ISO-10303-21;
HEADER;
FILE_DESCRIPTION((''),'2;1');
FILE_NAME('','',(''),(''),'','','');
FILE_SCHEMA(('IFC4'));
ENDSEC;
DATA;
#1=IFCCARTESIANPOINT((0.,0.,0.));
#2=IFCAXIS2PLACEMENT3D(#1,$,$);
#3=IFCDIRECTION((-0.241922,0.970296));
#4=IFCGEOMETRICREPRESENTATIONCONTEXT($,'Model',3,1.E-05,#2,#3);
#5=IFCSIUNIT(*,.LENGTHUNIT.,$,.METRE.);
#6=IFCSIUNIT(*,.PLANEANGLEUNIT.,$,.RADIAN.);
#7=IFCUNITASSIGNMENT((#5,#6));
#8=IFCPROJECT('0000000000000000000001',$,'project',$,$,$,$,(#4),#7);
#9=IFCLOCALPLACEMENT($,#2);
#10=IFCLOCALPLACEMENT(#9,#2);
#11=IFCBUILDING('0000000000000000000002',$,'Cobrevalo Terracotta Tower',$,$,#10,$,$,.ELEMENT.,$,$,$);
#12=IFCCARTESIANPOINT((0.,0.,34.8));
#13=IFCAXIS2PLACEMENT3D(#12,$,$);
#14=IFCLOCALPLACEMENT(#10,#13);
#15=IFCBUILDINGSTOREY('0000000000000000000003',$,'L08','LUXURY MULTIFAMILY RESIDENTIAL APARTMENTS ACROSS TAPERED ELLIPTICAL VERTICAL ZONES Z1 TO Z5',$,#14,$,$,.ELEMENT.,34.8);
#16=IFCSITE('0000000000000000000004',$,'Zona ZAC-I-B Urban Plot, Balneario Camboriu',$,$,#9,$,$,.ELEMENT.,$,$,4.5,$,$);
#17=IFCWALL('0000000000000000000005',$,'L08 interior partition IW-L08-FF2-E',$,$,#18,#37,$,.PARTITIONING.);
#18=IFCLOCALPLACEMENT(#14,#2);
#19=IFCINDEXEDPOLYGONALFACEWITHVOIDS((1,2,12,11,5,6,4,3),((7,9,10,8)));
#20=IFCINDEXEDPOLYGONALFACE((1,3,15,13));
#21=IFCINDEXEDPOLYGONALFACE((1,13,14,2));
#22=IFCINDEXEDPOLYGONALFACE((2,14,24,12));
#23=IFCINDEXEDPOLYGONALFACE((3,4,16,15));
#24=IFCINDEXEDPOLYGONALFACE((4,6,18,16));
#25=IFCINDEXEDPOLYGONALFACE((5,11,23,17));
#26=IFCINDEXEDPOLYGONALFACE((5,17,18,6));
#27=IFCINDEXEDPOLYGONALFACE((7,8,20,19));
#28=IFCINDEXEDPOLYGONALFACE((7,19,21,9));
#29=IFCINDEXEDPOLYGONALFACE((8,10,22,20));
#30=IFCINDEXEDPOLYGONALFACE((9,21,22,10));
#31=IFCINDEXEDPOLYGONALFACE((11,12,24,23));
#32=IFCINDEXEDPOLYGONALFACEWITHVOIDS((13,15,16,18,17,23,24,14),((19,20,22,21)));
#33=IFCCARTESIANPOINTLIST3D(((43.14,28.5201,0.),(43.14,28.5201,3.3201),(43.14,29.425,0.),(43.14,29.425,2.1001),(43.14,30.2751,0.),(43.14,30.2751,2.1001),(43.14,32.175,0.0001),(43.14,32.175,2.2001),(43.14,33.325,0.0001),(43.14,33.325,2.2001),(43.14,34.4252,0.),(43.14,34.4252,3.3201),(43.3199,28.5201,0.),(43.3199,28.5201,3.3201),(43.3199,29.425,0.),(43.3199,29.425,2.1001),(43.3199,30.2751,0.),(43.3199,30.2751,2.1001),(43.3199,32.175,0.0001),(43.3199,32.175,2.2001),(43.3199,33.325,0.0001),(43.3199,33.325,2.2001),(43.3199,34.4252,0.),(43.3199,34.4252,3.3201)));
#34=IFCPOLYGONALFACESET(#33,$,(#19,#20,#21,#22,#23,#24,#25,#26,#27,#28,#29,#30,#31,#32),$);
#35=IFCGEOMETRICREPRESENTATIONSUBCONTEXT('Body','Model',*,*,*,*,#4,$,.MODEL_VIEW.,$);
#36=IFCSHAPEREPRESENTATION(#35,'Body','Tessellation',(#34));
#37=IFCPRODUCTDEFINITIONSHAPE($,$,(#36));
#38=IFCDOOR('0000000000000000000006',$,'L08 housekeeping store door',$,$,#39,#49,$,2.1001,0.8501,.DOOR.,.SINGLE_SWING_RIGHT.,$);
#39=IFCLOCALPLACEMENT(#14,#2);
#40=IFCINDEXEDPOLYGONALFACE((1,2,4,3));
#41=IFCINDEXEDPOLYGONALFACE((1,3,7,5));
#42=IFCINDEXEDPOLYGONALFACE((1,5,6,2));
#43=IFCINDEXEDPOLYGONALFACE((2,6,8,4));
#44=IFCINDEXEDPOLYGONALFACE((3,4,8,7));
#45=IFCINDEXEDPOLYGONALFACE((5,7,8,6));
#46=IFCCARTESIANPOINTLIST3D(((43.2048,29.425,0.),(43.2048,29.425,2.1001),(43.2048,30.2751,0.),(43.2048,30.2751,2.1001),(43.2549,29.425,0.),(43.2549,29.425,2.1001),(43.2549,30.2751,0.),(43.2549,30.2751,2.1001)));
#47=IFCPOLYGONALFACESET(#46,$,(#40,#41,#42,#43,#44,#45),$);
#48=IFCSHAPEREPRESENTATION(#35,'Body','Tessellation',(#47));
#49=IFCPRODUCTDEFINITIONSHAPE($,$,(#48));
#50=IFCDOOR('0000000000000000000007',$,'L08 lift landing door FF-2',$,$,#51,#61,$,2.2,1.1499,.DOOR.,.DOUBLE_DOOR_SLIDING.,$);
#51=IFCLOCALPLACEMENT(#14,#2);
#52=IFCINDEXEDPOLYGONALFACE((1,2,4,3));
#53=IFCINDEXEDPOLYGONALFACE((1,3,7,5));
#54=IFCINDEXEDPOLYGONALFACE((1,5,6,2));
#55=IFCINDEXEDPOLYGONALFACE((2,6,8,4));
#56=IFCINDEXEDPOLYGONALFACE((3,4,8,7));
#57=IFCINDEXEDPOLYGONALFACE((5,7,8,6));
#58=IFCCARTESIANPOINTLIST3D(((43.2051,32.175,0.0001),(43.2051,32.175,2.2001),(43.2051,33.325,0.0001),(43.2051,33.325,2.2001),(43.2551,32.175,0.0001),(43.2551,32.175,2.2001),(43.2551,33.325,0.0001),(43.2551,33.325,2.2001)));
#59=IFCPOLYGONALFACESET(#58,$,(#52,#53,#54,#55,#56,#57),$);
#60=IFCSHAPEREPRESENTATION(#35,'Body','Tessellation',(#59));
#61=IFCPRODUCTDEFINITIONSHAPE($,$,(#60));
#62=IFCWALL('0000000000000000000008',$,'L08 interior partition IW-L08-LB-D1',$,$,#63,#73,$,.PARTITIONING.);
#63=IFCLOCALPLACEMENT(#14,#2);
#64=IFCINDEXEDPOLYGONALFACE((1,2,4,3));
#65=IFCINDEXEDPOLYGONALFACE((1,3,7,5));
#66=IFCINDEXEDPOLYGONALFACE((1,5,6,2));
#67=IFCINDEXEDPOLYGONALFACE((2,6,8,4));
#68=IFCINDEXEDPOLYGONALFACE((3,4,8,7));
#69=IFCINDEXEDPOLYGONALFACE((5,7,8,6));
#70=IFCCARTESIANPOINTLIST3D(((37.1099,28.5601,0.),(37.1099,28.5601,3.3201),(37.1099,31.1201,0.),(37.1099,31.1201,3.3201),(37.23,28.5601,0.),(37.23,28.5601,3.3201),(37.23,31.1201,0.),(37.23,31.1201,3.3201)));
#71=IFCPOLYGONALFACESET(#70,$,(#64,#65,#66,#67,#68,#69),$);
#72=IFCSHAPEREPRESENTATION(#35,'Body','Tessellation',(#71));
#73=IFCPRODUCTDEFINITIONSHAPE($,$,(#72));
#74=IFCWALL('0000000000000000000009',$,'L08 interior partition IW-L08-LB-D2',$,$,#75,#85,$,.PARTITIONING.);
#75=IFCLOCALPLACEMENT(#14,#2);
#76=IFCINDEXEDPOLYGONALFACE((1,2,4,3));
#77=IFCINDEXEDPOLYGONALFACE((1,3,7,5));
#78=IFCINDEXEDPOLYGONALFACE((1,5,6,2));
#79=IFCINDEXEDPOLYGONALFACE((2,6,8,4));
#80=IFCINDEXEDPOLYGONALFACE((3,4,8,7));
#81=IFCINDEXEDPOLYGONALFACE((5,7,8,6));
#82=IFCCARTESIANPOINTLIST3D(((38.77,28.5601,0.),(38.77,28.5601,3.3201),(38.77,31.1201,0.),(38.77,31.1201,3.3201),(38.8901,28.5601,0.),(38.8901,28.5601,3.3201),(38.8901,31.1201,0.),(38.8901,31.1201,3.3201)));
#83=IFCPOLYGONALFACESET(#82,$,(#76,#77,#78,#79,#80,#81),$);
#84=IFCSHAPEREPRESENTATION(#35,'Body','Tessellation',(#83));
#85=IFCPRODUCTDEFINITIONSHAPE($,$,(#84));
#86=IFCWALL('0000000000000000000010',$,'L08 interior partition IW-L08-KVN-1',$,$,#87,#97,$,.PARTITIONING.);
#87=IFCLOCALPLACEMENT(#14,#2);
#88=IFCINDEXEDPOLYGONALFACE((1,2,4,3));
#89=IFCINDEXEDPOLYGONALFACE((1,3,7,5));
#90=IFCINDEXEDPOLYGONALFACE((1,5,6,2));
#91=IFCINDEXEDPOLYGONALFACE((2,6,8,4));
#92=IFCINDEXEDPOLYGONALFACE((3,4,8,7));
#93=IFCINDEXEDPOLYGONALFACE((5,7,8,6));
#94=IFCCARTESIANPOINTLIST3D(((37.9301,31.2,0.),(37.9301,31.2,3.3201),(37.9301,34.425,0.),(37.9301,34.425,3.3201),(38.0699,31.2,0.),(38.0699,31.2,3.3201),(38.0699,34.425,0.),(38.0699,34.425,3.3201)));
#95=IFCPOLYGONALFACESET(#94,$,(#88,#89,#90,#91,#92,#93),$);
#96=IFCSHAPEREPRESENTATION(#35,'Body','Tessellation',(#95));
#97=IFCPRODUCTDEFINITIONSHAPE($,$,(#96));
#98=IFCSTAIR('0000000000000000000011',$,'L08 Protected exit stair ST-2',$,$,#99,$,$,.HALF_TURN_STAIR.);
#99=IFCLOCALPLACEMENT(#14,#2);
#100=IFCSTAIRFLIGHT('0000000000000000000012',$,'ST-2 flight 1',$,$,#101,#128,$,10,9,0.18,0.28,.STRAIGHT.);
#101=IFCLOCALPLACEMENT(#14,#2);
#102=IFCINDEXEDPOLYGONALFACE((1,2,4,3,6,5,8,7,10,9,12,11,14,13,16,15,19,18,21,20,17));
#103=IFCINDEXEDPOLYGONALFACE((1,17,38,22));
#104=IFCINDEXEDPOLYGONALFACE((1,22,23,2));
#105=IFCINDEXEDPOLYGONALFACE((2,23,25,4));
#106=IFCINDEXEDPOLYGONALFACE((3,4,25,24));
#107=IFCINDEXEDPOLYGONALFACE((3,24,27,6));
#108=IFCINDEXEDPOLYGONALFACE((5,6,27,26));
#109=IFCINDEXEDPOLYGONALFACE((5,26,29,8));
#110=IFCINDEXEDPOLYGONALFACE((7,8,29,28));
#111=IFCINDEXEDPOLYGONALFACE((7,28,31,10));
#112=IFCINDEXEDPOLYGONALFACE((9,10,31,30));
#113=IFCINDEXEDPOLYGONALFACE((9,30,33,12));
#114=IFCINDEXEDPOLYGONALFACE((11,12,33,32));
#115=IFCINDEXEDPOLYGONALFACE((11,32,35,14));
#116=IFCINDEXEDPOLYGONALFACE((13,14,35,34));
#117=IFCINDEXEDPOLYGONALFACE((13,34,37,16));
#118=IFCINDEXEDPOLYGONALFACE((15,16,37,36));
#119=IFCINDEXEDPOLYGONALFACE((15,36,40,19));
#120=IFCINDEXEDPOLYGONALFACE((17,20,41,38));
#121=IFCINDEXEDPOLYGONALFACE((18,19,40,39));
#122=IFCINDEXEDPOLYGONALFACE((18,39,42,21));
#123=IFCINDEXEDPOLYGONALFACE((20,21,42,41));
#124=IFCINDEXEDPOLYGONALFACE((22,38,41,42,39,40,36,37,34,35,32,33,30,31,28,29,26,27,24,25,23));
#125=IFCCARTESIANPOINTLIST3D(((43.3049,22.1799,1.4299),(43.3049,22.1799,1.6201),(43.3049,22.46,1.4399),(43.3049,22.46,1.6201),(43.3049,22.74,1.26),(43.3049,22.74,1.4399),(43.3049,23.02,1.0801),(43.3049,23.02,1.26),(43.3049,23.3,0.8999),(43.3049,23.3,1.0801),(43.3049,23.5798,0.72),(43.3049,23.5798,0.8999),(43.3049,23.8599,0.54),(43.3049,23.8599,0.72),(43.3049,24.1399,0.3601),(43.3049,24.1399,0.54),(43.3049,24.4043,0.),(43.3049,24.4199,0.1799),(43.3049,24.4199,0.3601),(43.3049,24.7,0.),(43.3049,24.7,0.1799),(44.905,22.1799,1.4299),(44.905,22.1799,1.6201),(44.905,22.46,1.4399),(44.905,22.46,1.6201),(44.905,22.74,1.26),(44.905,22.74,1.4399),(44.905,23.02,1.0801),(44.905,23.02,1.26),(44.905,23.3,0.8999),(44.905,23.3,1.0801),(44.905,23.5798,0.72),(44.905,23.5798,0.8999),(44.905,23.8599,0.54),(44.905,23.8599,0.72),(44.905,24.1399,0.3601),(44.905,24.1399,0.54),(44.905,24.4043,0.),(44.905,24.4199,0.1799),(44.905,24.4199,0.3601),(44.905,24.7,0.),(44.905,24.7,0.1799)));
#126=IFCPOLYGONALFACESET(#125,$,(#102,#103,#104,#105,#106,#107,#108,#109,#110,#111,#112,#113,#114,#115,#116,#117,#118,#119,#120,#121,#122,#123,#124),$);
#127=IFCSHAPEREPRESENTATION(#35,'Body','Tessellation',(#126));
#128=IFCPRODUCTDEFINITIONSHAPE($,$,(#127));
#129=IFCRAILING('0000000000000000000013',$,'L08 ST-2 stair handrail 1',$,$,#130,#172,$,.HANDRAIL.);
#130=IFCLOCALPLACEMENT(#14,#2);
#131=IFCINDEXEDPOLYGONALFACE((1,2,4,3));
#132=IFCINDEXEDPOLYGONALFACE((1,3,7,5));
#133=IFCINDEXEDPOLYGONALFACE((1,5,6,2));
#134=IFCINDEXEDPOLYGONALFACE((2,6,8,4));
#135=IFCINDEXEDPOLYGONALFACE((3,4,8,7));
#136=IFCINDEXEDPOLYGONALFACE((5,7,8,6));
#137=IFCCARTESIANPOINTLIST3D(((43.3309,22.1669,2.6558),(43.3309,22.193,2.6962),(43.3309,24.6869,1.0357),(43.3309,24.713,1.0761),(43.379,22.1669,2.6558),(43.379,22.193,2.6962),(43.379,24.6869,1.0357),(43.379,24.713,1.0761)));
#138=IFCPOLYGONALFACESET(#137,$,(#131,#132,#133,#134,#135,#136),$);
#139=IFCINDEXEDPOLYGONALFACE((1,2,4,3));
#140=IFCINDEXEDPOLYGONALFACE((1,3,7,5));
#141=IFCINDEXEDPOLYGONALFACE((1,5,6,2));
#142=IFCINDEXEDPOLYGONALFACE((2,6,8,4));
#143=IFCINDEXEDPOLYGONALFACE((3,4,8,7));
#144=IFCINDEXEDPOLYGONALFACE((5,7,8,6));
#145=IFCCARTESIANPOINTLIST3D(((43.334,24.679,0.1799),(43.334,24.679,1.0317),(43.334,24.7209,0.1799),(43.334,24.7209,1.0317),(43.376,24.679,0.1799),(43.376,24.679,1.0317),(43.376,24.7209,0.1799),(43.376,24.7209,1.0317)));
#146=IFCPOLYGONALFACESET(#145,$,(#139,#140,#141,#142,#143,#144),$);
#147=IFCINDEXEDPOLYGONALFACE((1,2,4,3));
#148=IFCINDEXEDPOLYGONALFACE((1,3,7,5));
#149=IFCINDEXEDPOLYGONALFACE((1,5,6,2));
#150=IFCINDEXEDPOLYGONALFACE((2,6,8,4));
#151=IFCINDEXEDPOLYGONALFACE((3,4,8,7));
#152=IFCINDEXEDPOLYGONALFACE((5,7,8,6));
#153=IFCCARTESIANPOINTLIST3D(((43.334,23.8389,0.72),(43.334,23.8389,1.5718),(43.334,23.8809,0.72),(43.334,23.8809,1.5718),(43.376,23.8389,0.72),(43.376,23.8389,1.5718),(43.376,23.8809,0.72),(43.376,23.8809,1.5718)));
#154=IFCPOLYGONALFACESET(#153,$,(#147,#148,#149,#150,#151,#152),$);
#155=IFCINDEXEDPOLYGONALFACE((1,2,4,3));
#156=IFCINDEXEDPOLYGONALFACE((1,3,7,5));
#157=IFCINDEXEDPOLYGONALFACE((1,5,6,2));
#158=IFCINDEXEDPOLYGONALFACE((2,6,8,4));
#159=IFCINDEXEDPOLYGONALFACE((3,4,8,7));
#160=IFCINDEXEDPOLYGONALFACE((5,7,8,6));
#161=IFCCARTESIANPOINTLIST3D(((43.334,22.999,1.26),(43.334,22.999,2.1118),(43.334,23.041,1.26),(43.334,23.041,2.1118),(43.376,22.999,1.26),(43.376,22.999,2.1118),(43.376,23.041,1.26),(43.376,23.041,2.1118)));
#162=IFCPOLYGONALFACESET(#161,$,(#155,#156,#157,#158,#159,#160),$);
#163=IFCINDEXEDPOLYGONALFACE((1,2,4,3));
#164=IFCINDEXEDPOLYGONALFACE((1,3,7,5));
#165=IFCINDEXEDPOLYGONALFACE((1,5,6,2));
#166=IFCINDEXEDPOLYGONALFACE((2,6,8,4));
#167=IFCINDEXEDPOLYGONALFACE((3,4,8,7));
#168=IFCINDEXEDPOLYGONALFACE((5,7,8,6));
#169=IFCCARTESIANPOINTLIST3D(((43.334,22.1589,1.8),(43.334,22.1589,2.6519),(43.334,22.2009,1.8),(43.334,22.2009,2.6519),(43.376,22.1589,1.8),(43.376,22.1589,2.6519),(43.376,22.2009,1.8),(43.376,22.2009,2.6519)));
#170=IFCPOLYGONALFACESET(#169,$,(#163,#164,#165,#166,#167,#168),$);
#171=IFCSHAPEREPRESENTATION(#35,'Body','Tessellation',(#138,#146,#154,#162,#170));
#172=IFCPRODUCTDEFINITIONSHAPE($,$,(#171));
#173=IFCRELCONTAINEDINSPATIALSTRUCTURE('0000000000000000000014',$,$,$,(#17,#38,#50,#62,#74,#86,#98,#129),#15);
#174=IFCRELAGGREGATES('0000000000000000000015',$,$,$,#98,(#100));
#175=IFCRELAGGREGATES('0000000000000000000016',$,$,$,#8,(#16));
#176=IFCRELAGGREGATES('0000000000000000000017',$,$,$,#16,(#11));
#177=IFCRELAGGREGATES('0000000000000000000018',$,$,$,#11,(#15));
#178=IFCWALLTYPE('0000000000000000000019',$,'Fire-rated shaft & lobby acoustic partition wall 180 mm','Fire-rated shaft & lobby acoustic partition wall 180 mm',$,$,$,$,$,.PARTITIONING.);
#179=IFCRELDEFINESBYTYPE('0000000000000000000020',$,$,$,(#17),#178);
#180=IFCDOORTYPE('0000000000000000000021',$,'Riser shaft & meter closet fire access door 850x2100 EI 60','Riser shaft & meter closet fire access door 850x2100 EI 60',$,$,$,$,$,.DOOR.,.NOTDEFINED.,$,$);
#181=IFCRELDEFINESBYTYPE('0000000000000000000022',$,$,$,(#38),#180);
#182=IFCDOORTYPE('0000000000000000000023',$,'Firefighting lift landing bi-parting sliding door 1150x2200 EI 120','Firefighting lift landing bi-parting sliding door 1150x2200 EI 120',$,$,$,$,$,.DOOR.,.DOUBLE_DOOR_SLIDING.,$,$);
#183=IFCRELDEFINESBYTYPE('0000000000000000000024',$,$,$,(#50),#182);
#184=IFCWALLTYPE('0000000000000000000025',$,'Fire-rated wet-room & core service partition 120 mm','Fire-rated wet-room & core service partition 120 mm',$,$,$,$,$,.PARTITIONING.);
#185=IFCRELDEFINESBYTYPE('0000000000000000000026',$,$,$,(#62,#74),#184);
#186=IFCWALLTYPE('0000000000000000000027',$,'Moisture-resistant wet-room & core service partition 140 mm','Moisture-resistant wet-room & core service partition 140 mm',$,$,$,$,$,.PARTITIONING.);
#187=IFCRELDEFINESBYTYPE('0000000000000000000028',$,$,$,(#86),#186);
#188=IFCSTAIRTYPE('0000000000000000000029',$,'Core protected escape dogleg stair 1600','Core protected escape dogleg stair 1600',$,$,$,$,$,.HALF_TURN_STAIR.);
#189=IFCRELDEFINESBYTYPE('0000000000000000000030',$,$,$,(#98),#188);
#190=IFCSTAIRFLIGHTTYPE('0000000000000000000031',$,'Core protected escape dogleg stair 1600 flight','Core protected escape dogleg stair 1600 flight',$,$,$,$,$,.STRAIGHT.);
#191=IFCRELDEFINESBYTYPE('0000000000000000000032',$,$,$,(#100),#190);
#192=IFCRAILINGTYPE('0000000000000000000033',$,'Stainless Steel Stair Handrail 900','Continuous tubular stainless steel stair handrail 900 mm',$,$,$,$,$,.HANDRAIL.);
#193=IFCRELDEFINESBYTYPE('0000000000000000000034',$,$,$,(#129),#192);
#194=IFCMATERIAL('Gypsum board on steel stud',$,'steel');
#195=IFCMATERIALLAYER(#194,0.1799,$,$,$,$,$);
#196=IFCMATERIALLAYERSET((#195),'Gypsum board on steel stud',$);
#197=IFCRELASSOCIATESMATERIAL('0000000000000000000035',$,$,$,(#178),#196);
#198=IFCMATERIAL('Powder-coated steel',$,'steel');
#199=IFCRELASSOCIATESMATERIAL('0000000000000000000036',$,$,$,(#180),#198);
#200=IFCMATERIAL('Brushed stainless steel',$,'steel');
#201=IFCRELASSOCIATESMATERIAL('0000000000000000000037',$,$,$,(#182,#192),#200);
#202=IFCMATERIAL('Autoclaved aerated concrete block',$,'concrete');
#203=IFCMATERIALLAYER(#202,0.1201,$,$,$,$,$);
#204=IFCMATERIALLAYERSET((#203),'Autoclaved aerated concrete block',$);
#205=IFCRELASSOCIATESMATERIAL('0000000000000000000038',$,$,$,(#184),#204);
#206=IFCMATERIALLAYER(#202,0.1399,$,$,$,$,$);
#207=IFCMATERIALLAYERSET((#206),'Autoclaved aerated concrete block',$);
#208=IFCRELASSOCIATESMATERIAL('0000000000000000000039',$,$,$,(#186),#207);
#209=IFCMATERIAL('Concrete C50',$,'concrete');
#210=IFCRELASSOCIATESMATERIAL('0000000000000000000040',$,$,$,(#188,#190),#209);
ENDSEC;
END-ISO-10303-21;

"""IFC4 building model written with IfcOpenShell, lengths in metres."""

from ifc_helpers import new_model, si_unit, direction, frame, frame_2d, origin, origin_2d, place, context, subcontext, project, spatial, polyline, rectangle, outline, extrude, source, transform, mapped, material, layer, layer_set, type_object, element, fill, aggregate, save


model = new_model("IFC4")

# Units and contexts
model_context = context("Model", 3, precision=1e-05, world=origin(), true_north=direction((-0.241922, 0.970296)))
body_context = subcontext(model_context, "Body", "Model", "MODEL_VIEW")
ifc_project = project(units=[si_unit("LENGTHUNIT", "METRE"), si_unit("PLANEANGLEUNIT", "RADIAN")], contexts=[model_context])

# Site, building, storey
site_placement = place(None, origin())
site = spatial("IfcSite", under=ifc_project, at=site_placement, Name="Zona ZAC-I-B Urban Plot, Balneario Camboriu", CompositionType="ELEMENT", RefElevation=4.5)
building_placement = place(site_placement, origin())
building = spatial("IfcBuilding", under=site, at=building_placement, Name="Cobrevalo Terracotta Tower", CompositionType="ELEMENT")
storey_placement = place(building_placement, frame((0.0, 0.0, 34.8)))
storey = spatial("IfcBuildingStorey", under=building, at=storey_placement, Name="L08", Description="LUXURY MULTIFAMILY RESIDENTIAL APARTMENTS ACROSS TAPERED ELLIPTICAL VERTICAL ZONES Z1 TO Z5", CompositionType="ELEMENT", Elevation=34.8)

# Shared definitions
ifc_material_1 = material(Name="Gypsum board on steel stud", Category="steel")

# Shared definitions
ifc_material_2 = material(Name="Brushed stainless steel", Category="steel")

# Shared definitions
ifc_layer_1 = layer(ifc_material_1, 0.1799)
ifc_layer_set_1 = layer_set([ifc_layer_1], Name="Gypsum board on steel stud")
wall_type_1 = type_object("IfcWallType", Name="Fire-rated shaft & lobby acoustic partition wall 180 mm", Description="Fire-rated shaft & lobby acoustic partition wall 180 mm", PredefinedType="PARTITIONING", material=ifc_layer_set_1)
ifc_material_3 = material(Name="Powder-coated steel", Category="steel")
door_type_1 = type_object("IfcDoorType", Name="Riser shaft & meter closet fire access door 850x2100 EI 60", Description="Riser shaft & meter closet fire access door 850x2100 EI 60", OperationType="NOTDEFINED", PredefinedType="DOOR", material=ifc_material_3)
shared_shape_1 = source(origin(), body_context, "Body", "SweptSolid", [
    extrude(rectangle(XDim=0.8501, YDim=2.1001, at=frame_2d((0.425, 1.05))), frame((0.0, 0.0249, 0.0), z_axis=(0.0, -1.0, 0.0), x_axis=(1.0, 0.0, 0.0)), (0.0, 0.0, 1.0), 0.05),
])

# Wall, openings, doors
wall_1_placement = place(storey_placement, frame((43.23, 28.52, 0.0), z_axis=(0.0, 0.0, 1.0), x_axis=(0.0, 1.0, 0.0)))
wall_1 = element("IfcWall", 1, at=wall_1_placement, inside=storey, type_object=wall_type_1, Name="L08 interior partition IW-L08-FF2-E", PredefinedType="PARTITIONING", context=body_context, shape_type="SweptSolid", body=[
    extrude(rectangle(XDim=5.905, YDim=0.1799, at=frame_2d((2.9526, 0.0))), origin(), (0.0, 0.0, 1.0), 3.3201),
])
opening_1_placement = place(wall_1_placement, frame((0.905, 0.0, 0.0)))
opening_1 = element("IfcOpeningElement", 2, at=opening_1_placement, cuts=wall_1, PredefinedType="OPENING", context=body_context, shape_type="SweptSolid", body=[
    extrude(rectangle(XDim=0.8501, YDim=2.1001, at=frame_2d((0.425, 1.05))), frame((0.0, 0.1001, 0.0), z_axis=(0.0, -1.0, 0.0), x_axis=(1.0, 0.0, 0.0)), (0.0, 0.0, 1.0), 0.2),
])
opening_2_placement = place(wall_1_placement, frame((3.655, 0.0, 0.0)))
opening_2 = element("IfcOpeningElement", 3, at=opening_2_placement, cuts=wall_1, PredefinedType="OPENING", context=body_context, shape_type="SweptSolid", body=[
    extrude(rectangle(XDim=1.1499, YDim=2.2, at=frame_2d((0.575, 1.1001))), frame((0.0, 0.1001, 0.0), z_axis=(0.0, -1.0, 0.0), x_axis=(1.0, 0.0, 0.0)), (0.0, 0.0, 1.0), 0.2),
])
door_1_placement = place(opening_1_placement, frame((0.8501, 0.0, 0.0), z_axis=(0.0, 0.0, 1.0), x_axis=(-1.0, 0.0, 0.0)))
door_1 = element("IfcDoor", 4, at=door_1_placement, inside=storey, type_object=door_type_1, Name="L08 housekeeping store door", OperationType="SINGLE_SWING_RIGHT", OverallHeight=2.1001, OverallWidth=0.8501, PredefinedType="DOOR", context=body_context, shape_type="MappedRepresentation", body=[
    mapped(shared_shape_1, transform((0.0, 0.0, 0.0), scale=1.0)),
])
fill(opening_1, door_1)
door_type_2 = type_object("IfcDoorType", Name="Firefighting lift landing bi-parting sliding door 1150x2200 EI 120", Description="Firefighting lift landing bi-parting sliding door 1150x2200 EI 120", OperationType="DOUBLE_DOOR_SLIDING", PredefinedType="DOOR", material=ifc_material_2)
shared_shape_2 = source(origin(), body_context, "Body", "SweptSolid", [
    extrude(rectangle(XDim=1.1499, YDim=2.2, at=frame_2d((0.575, 1.1001))), frame((0.0, 0.0249, 0.0), z_axis=(0.0, -1.0, 0.0), x_axis=(1.0, 0.0, 0.0)), (0.0, 0.0, 1.0), 0.05),
])
door_2_placement = place(opening_2_placement, origin())
door_2 = element("IfcDoor", 5, at=door_2_placement, inside=storey, type_object=door_type_2, Name="L08 lift landing door FF-2", OperationType="DOUBLE_DOOR_SLIDING", OverallHeight=2.2, OverallWidth=1.1499, PredefinedType="DOOR", context=body_context, shape_type="MappedRepresentation", body=[
    mapped(shared_shape_2, transform((0.0, 0.0, 0.0), scale=1.0)),
])
fill(opening_2, door_2)

# Walls
ifc_material_4 = material(Name="Autoclaved aerated concrete block", Category="concrete")
ifc_layer_2 = layer(ifc_material_4, 0.1201)
ifc_layer_set_2 = layer_set([ifc_layer_2], Name="Autoclaved aerated concrete block")
wall_type_2 = type_object("IfcWallType", Name="Fire-rated wet-room & core service partition 120 mm", Description="Fire-rated wet-room & core service partition 120 mm", PredefinedType="PARTITIONING", material=ifc_layer_set_2)
for number, where, z_axis, x_axis, name in (
    (6, (37.1699, 28.5601, 0.0), (0.0, 0.0, 1.0), (0.0, 1.0, 0.0), "L08 interior partition IW-L08-LB-D1"),
    (7, (38.8301, 28.5601, 0.0), (0.0, 0.0, 1.0), (0.0, 1.0, 0.0), "L08 interior partition IW-L08-LB-D2"),
):
    element("IfcWall", number, at=place(storey_placement, frame(where, z_axis=z_axis, x_axis=x_axis)), inside=storey, type_object=wall_type_2, Name=name, PredefinedType="PARTITIONING", context=body_context, shape_type="SweptSolid", body=[
        extrude(rectangle(XDim=2.5601, YDim=0.1201, at=frame_2d((1.28, 0.0))), origin(), (0.0, 0.0, 1.0), 3.3201),
    ])
ifc_layer_3 = layer(ifc_material_4, 0.1399)
ifc_layer_set_3 = layer_set([ifc_layer_3], Name="Autoclaved aerated concrete block")
wall_type_3 = type_object("IfcWallType", Name="Moisture-resistant wet-room & core service partition 140 mm", Description="Moisture-resistant wet-room & core service partition 140 mm", PredefinedType="PARTITIONING", material=ifc_layer_set_3)
wall_2_placement = place(storey_placement, frame((38.0, 31.2, 0.0), z_axis=(0.0, 0.0, 1.0), x_axis=(0.0, 1.0, 0.0)))
element("IfcWall", 8, at=wall_2_placement, inside=storey, type_object=wall_type_3, Name="L08 interior partition IW-L08-KVN-1", PredefinedType="PARTITIONING", context=body_context, shape_type="SweptSolid", body=[
    extrude(rectangle(XDim=3.2251, YDim=0.1399, at=frame_2d((1.6125, 0.0))), origin(), (0.0, 0.0, 1.0), 3.3201),
])

# Shared definitions
ifc_material_5 = material(Name="Concrete C50", Category="concrete")

# Stair, stair flight
stair_type = type_object("IfcStairType", Name="Core protected escape dogleg stair 1600", Description="Core protected escape dogleg stair 1600", PredefinedType="HALF_TURN_STAIR", material=ifc_material_5)
stair_placement = place(storey_placement, origin())
stair = element("IfcStair", 9, at=stair_placement, inside=storey, type_object=stair_type, Name="L08 Protected exit stair ST-2", PredefinedType="HALF_TURN_STAIR")
stair_flight_type = type_object("IfcStairFlightType", Name="Core protected escape dogleg stair 1600 flight", Description="Core protected escape dogleg stair 1600 flight", PredefinedType="STRAIGHT", material=ifc_material_5)
stair_flight_placement = place(storey_placement, frame((44.105, 24.7, 0.0), z_axis=(0.0, 0.0, 1.0), x_axis=(0.0, -1.0, 0.0)))
stair_flight = element("IfcStairFlight", 10, at=stair_flight_placement, type_object=stair_flight_type, Name="ST-2 flight 1", NumberOfRisers=10, NumberOfTreads=9, PredefinedType="STRAIGHT", RiserHeight=0.18, TreadLength=0.28, context=body_context, shape_type="SweptSolid", body=[
    extrude(outline(polyline([(0.0, 0.0), (0.0, 0.1799), (0.28, 0.1799), (0.28, 0.3601), (0.5601, 0.3601), (0.5601, 0.54), (0.8401, 0.54), (0.8401, 0.72), (1.1201, 0.72), (1.1201, 0.8999), (1.3999, 0.8999), (1.3999, 1.0801), (1.6799, 1.0801), (1.6799, 1.26), (1.96, 1.26), (1.96, 1.4399), (2.24, 1.4399), (2.24, 1.6201), (2.52, 1.6201), (2.52, 1.8), (2.52, 1.4299), (0.2957, 0.0), (0.0, 0.0)])), frame((0.0, 0.8, 0.0), z_axis=(0.0, -1.0, 0.0), x_axis=(1.0, 0.0, 0.0)), (0.0, 0.0, 1.0), 1.6001),
])
aggregate(stair, [stair_flight])

# Railing
railing_type_1 = type_object("IfcRailingType", Name="Stainless Steel Stair Handrail 900", Description="Continuous tubular stainless steel stair handrail 900 mm", PredefinedType="HANDRAIL", material=ifc_material_2)
railing_1_placement = place(storey_placement, frame((43.355, 24.7, 0.1799)))
element("IfcRailing", 11, at=railing_1_placement, inside=storey, type_object=railing_type_1, Name="L08 ST-2 stair handrail 1", PredefinedType="HANDRAIL", context=body_context, shape_type="SweptSolid", body=[
    extrude(rectangle(XDim=0.0481, YDim=0.0481, at=origin_2d()), frame((0.0, 0.0, 0.876), z_axis=(0.0, -0.841163, 0.540782), x_axis=(1.0, 0.0, 0.0)), (0.0, 0.0, 1.0), 2.9958),
    extrude(rectangle(XDim=0.042, YDim=0.042, at=origin_2d()), origin(), (0.0, 0.0, 1.0), 0.8518),
    extrude(rectangle(XDim=0.042, YDim=0.042, at=origin_2d()), frame((0.0, -0.8401, 0.54)), (0.0, 0.0, 1.0), 0.8518),
    extrude(rectangle(XDim=0.042, YDim=0.042, at=origin_2d()), frame((0.0, -1.6799, 1.0801)), (0.0, 0.0, 1.0), 0.8518),
    extrude(rectangle(XDim=0.042, YDim=0.042, at=origin_2d()), frame((0.0, -2.52, 1.6201)), (0.0, 0.0, 1.0), 0.8518),
])

save(model, "model.ifc")
